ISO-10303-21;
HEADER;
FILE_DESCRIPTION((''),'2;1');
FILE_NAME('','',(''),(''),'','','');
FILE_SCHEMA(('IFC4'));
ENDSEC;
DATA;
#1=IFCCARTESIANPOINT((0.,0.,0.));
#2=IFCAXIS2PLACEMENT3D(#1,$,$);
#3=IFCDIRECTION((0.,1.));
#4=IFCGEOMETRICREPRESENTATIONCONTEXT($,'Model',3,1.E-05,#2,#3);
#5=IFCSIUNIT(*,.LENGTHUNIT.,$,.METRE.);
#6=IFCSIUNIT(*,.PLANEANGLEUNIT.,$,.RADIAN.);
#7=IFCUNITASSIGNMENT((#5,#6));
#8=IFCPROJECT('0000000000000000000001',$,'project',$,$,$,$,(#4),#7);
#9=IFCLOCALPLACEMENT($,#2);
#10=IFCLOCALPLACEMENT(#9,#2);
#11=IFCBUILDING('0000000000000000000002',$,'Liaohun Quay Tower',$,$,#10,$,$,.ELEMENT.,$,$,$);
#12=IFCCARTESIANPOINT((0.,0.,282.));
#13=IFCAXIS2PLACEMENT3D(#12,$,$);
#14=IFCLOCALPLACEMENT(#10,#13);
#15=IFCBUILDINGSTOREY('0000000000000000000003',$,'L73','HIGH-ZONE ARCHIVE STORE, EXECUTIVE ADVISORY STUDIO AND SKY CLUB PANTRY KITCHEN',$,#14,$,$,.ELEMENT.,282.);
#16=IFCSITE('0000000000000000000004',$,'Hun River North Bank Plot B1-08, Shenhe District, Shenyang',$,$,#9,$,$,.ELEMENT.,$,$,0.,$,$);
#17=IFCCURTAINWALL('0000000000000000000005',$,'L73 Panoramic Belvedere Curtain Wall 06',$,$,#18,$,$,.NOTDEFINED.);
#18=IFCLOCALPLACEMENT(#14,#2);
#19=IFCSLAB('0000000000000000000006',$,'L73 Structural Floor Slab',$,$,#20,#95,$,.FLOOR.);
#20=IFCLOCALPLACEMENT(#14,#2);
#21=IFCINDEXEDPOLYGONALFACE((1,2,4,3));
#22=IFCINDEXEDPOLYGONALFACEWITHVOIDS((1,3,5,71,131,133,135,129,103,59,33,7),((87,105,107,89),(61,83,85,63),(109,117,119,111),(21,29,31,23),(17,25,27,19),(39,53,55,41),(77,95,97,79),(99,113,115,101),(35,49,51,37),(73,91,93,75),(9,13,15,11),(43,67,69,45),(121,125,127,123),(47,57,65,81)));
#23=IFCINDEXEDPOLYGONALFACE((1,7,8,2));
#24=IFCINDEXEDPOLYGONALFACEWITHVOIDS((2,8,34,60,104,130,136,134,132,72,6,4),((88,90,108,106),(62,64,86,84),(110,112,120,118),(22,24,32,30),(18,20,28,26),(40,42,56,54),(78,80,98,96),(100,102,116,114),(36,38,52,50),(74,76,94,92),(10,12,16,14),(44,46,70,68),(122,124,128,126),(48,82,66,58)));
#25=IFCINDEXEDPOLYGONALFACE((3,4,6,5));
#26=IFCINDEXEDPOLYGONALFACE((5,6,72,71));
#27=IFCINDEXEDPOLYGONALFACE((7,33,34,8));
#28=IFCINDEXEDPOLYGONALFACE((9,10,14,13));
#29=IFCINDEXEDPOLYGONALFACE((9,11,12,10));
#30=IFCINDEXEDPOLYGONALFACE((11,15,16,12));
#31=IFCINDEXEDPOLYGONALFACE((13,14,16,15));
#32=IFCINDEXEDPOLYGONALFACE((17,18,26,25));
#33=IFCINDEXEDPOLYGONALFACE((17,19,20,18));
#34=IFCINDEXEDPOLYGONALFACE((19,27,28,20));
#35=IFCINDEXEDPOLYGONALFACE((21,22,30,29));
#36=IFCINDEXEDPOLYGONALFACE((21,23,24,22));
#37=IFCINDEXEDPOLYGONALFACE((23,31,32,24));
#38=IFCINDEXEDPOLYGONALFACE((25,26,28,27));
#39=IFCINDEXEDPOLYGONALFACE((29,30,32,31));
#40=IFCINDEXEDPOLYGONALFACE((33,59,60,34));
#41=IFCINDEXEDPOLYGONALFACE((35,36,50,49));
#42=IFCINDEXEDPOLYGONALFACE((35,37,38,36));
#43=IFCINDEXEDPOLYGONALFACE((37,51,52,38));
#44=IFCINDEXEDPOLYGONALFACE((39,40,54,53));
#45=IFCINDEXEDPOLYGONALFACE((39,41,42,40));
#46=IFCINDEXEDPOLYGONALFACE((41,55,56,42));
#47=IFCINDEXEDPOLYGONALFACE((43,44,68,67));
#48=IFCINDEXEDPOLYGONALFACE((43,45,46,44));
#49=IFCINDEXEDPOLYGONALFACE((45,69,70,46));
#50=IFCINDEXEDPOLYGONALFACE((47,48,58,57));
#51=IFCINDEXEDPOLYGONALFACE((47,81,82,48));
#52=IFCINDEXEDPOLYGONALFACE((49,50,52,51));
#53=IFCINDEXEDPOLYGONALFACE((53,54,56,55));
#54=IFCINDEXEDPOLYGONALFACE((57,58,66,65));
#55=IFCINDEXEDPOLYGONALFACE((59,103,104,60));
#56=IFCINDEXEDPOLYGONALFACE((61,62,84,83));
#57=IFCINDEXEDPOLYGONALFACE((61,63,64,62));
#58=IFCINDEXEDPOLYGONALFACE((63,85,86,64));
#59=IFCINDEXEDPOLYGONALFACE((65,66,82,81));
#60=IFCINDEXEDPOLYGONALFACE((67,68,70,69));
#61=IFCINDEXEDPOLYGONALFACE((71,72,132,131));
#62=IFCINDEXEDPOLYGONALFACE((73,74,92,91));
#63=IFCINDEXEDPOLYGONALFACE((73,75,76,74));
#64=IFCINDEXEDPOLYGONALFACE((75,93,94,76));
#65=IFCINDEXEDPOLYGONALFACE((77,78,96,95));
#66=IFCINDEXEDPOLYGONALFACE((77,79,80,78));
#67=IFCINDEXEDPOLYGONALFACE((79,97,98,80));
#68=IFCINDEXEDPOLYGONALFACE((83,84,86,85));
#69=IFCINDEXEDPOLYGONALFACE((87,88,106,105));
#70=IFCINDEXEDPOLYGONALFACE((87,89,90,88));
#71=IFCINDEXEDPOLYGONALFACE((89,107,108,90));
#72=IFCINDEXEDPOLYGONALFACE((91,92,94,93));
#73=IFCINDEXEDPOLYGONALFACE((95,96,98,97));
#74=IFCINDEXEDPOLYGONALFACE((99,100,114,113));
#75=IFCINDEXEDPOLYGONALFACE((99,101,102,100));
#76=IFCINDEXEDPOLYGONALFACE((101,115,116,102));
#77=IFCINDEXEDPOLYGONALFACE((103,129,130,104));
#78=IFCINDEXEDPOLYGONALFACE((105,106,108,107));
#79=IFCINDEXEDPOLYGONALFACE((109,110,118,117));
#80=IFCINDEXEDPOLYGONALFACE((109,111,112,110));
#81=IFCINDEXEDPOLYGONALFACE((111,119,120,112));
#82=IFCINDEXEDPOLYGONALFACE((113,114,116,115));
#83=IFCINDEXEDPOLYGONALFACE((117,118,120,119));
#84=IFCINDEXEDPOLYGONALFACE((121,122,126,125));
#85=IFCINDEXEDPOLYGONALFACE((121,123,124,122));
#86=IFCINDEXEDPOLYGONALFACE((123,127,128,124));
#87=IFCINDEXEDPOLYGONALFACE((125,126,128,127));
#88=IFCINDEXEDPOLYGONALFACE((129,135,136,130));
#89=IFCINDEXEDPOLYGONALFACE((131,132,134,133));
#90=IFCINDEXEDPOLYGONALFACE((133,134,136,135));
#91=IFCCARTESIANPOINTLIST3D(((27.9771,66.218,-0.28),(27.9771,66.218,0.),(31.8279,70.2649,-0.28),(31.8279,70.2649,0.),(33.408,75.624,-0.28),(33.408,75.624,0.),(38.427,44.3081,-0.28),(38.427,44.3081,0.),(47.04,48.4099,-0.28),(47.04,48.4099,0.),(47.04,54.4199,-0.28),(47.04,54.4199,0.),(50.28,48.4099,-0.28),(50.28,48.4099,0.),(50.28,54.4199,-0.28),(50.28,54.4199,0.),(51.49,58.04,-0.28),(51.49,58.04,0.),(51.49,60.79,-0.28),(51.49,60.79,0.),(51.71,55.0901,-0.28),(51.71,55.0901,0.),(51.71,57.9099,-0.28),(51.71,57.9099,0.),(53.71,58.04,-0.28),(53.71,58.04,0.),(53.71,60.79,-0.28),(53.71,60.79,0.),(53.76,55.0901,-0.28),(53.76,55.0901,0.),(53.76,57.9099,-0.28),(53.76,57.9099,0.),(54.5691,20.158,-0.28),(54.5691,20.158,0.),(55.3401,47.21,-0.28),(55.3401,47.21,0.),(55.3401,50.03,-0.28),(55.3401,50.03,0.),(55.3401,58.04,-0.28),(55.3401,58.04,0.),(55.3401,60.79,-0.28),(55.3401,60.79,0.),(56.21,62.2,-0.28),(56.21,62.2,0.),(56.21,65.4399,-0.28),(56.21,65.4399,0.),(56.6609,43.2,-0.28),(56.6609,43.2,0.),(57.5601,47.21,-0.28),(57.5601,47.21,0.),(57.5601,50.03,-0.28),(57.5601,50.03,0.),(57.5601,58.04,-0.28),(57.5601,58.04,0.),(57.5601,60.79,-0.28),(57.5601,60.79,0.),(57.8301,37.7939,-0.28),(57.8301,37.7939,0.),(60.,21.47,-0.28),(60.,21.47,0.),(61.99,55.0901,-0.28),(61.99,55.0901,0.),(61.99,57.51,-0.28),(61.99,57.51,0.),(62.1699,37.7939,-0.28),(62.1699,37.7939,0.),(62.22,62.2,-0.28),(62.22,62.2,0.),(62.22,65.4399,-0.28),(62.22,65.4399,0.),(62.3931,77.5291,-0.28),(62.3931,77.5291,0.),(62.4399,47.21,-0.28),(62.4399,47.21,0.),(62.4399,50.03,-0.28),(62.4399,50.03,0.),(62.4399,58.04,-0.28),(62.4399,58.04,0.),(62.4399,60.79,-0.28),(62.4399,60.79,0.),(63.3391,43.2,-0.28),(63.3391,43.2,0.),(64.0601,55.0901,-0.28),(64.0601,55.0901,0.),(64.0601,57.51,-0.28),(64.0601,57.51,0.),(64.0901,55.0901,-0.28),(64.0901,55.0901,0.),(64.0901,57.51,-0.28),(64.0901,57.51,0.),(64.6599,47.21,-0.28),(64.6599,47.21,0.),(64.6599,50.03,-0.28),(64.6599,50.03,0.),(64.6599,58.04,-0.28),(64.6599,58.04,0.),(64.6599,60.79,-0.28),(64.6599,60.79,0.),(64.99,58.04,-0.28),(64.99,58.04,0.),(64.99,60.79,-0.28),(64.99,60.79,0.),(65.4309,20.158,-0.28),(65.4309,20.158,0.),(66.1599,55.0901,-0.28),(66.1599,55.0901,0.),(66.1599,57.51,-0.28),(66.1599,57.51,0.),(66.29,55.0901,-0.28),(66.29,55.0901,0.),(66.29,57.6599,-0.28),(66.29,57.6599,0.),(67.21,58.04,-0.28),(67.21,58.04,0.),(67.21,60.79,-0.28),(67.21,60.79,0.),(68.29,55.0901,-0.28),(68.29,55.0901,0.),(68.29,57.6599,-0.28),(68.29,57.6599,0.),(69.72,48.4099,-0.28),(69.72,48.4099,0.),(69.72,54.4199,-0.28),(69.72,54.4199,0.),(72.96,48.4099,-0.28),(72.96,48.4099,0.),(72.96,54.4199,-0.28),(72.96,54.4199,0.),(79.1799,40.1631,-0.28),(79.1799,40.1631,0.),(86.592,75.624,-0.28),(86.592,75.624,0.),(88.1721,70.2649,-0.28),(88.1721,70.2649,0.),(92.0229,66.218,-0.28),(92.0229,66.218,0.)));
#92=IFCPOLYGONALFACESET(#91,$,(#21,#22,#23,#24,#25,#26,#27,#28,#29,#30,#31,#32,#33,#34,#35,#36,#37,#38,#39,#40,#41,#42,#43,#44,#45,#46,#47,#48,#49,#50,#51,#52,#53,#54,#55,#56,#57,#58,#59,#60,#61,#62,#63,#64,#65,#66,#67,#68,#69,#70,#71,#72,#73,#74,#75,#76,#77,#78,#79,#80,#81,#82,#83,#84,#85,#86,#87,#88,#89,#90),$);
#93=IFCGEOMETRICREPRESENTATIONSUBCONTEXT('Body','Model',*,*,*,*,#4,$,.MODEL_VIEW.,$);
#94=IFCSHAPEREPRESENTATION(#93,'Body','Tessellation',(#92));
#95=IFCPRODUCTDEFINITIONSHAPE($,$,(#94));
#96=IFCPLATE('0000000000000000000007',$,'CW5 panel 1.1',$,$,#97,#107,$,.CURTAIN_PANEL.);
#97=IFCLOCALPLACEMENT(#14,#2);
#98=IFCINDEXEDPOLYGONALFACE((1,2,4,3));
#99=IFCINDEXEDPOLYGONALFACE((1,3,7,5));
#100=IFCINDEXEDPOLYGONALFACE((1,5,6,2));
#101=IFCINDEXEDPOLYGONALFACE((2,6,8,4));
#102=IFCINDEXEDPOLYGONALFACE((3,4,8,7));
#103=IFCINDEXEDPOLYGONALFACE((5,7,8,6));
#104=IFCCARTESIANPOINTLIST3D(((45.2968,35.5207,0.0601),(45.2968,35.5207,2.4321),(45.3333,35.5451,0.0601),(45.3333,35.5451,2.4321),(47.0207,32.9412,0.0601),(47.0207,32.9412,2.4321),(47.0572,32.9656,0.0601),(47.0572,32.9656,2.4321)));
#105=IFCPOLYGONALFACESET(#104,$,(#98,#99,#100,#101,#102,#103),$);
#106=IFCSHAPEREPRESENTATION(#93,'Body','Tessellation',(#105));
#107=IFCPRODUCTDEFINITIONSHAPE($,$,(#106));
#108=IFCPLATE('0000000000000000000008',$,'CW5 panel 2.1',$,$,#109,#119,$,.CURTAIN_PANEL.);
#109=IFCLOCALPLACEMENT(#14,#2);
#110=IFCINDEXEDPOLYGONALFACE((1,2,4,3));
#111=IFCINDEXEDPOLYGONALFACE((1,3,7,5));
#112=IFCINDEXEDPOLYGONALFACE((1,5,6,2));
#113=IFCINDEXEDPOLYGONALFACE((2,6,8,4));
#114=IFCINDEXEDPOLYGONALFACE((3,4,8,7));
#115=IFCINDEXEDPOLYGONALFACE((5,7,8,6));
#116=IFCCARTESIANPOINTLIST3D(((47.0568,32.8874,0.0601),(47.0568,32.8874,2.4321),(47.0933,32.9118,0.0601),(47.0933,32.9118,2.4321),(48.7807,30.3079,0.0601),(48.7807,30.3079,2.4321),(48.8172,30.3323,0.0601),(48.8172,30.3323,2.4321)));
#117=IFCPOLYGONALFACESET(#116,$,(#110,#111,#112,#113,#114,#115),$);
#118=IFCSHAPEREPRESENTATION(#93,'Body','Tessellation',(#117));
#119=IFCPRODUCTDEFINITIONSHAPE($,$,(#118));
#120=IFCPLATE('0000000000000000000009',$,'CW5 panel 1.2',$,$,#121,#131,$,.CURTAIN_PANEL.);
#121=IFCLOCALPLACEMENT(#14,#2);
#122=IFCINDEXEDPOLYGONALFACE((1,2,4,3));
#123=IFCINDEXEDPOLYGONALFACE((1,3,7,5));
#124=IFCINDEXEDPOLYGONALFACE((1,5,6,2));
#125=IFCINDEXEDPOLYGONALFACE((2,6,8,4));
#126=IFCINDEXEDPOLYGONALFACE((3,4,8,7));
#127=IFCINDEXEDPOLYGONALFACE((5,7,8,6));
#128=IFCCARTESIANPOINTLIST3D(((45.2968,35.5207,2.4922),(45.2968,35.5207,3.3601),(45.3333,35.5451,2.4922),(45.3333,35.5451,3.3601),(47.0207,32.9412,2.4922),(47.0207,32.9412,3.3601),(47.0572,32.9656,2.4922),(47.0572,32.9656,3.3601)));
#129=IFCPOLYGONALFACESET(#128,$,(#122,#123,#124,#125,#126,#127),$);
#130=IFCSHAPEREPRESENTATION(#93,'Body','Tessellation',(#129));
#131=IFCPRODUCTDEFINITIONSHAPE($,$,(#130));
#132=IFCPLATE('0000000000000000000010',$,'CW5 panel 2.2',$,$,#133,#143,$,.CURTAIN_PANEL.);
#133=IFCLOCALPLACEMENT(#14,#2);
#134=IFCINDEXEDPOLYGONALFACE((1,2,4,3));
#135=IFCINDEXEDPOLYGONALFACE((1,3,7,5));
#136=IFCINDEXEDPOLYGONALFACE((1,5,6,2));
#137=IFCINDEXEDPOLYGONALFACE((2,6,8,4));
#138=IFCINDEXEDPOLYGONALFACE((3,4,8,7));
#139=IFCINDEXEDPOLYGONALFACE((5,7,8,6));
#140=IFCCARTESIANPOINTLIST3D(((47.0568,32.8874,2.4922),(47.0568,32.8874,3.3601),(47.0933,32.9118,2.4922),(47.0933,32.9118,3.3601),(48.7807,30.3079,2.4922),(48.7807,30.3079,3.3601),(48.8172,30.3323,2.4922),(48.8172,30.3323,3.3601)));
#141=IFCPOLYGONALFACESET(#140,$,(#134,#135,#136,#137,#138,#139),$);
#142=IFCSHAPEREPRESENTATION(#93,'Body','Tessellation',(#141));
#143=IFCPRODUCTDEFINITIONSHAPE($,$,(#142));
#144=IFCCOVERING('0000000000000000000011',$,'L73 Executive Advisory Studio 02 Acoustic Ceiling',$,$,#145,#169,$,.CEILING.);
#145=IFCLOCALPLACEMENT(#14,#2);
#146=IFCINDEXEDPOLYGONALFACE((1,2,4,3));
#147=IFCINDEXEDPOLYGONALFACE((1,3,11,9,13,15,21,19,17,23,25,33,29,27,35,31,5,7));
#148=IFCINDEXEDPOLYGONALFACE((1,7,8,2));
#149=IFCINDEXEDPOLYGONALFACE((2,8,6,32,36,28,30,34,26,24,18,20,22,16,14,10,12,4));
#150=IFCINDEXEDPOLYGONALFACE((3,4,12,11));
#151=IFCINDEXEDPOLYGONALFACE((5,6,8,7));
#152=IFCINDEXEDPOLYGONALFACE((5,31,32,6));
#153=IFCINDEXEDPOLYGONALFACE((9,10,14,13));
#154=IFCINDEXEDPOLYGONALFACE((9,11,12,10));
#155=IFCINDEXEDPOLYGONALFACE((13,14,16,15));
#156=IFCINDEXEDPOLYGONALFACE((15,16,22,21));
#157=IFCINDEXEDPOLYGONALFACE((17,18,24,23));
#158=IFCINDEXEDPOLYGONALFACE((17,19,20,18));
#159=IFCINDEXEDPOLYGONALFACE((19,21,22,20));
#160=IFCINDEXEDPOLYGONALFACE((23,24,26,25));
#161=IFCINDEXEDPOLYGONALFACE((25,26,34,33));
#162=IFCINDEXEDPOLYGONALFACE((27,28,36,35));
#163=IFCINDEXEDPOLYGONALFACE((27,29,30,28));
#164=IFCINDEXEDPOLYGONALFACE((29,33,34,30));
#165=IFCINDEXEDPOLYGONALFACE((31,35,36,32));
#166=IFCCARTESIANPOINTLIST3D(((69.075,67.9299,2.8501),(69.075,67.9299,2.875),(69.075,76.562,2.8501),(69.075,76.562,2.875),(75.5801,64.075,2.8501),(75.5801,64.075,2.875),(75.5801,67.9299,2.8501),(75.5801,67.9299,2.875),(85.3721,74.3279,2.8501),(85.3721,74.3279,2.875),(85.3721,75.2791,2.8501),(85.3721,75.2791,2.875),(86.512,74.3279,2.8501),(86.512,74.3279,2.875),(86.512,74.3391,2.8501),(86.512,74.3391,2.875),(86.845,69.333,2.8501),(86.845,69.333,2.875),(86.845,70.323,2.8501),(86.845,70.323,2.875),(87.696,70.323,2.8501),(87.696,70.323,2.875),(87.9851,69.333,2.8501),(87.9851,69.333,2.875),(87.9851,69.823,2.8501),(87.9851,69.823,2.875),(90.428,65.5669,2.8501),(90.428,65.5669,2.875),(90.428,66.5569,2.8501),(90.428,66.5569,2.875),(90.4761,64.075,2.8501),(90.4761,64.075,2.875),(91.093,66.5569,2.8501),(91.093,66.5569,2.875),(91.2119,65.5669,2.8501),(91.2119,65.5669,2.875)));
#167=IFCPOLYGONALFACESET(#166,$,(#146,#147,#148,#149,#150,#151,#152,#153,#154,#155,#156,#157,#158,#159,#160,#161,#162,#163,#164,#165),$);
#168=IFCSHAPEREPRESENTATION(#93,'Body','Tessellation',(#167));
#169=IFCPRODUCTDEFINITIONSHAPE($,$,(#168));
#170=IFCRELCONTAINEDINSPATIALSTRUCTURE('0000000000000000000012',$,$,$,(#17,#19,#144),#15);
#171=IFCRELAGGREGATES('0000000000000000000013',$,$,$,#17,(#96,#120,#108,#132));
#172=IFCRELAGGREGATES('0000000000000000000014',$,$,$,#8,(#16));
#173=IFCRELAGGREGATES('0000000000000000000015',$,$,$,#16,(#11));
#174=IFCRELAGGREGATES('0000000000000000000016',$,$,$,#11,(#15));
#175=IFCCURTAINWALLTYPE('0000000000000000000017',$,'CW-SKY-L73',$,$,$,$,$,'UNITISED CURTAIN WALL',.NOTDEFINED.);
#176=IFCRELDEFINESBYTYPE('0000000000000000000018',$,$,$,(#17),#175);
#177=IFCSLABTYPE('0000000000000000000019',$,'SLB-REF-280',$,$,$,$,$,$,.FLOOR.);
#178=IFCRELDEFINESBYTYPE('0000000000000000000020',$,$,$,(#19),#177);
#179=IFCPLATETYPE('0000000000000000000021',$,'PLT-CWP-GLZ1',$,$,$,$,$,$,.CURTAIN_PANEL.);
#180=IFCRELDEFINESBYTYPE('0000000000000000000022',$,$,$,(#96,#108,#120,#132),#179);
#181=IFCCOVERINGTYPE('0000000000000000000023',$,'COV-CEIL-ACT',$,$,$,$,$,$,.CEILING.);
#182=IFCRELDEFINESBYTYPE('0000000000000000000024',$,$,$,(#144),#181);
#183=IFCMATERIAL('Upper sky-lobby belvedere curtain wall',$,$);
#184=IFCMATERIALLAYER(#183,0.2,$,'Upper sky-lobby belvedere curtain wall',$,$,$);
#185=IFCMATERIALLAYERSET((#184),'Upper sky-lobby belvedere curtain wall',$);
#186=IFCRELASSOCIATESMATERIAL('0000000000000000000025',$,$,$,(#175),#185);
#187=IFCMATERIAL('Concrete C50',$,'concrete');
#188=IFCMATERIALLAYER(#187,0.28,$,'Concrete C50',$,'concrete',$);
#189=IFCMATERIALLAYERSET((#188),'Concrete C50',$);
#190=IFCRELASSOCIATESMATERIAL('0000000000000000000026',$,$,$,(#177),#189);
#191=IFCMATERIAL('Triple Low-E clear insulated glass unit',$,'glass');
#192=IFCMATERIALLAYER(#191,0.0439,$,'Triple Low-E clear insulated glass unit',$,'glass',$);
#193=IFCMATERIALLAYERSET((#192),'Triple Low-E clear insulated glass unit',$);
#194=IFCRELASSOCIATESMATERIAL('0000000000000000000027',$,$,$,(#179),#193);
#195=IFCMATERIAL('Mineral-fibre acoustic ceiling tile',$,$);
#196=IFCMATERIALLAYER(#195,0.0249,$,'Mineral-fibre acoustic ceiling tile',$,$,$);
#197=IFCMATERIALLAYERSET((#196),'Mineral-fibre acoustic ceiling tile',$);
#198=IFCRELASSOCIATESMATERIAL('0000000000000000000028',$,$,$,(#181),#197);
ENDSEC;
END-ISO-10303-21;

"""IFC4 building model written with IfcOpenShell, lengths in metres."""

from ifc_helpers import new_model, si_unit, direction, frame, origin, origin_2d, place, context, subcontext, project, spatial, polyline, rectangle, outline, extrude, source, transform, mapped, material, layer, layer_set, type_object, element, aggregate, save


model = new_model("IFC4")

# Units and contexts
model_context = context("Model", 3, precision=1e-05, world=origin(), true_north=direction((0.0, 1.0)))
body_context = subcontext(model_context, "Body", "Model", "MODEL_VIEW")
ifc_project = project(units=[si_unit("LENGTHUNIT", "METRE"), si_unit("PLANEANGLEUNIT", "RADIAN")], contexts=[model_context])

# Site, building, storey
site_placement = place(None, origin())
site = spatial("IfcSite", under=ifc_project, at=site_placement, Name="Hun River North Bank Plot B1-08, Shenhe District, Shenyang", CompositionType="ELEMENT", RefElevation=0.0)
building_placement = place(site_placement, origin())
building = spatial("IfcBuilding", under=site, at=building_placement, Name="Liaohun Quay Tower", CompositionType="ELEMENT")
storey_placement = place(building_placement, frame((0.0, 0.0, 282.0)))
storey = spatial("IfcBuildingStorey", under=building, at=storey_placement, Name="L73", Description="HIGH-ZONE ARCHIVE STORE, EXECUTIVE ADVISORY STUDIO AND SKY CLUB PANTRY KITCHEN", CompositionType="ELEMENT", Elevation=282.0)

# Curtain wall
ifc_material_1 = material(Name="Upper sky-lobby belvedere curtain wall")
ifc_layer_1 = layer(ifc_material_1, 0.2, Name="Upper sky-lobby belvedere curtain wall")
ifc_layer_set_1 = layer_set([ifc_layer_1], Name="Upper sky-lobby belvedere curtain wall")
curtain_wall_type = type_object("IfcCurtainWallType", Name="CW-SKY-L73", ElementType="UNITISED CURTAIN WALL", PredefinedType="NOTDEFINED", material=ifc_layer_set_1)
curtain_wall_placement = place(storey_placement, origin())
curtain_wall = element("IfcCurtainWall", 1, at=curtain_wall_placement, inside=storey, type_object=curtain_wall_type, Name="L73 Panoramic Belvedere Curtain Wall 06", PredefinedType="NOTDEFINED")

# Slab
ifc_material_2 = material(Name="Concrete C50", Category="concrete")
ifc_layer_2 = layer(ifc_material_2, 0.28, Name="Concrete C50", Category="concrete")
ifc_layer_set_2 = layer_set([ifc_layer_2], Name="Concrete C50")
slab_type_1 = type_object("IfcSlabType", Name="SLB-REF-280", PredefinedType="FLOOR", material=ifc_layer_set_2)
slab_1_placement = place(storey_placement, frame((0.0, 0.0, -0.28)))
element("IfcSlab", 2, at=slab_1_placement, inside=storey, type_object=slab_type_1, Name="L73 Structural Floor Slab", PredefinedType="FLOOR", context=body_context, shape_type="SweptSolid", body=[
    extrude(outline(polyline([(54.5691, 20.158), (60.0, 21.47), (65.4309, 20.158), (79.1799, 40.1631), (92.0229, 66.218), (88.1721, 70.2649), (86.592, 75.624), (62.3931, 77.5291), (33.408, 75.624), (31.8279, 70.2649), (27.9771, 66.218), (38.427, 44.3081), (54.5691, 20.158)]), holes=[polyline([(63.3391, 43.2), (56.6609, 43.2), (57.8301, 37.7939), (62.1699, 37.7939), (63.3391, 43.2)]), polyline([(57.5601, 47.21), (57.5601, 50.03), (55.3401, 50.03), (55.3401, 47.21), (57.5601, 47.21)]), polyline([(50.28, 54.4199), (47.04, 54.4199), (47.04, 48.4099), (50.28, 48.4099), (50.28, 54.4199)]), polyline([(53.76, 55.0901), (53.76, 57.9099), (51.71, 57.9099), (51.71, 55.0901), (53.76, 55.0901)]), polyline([(53.71, 58.04), (53.71, 60.79), (51.49, 60.79), (51.49, 58.04), (53.71, 58.04)]), polyline([(57.5601, 58.04), (57.5601, 60.79), (55.3401, 60.79), (55.3401, 58.04), (57.5601, 58.04)]), polyline([(62.22, 62.2), (62.22, 65.4399), (56.21, 65.4399), (56.21, 62.2), (62.22, 62.2)]), polyline([(64.6599, 50.03), (62.4399, 50.03), (62.4399, 47.21), (64.6599, 47.21), (64.6599, 50.03)]), polyline([(72.96, 54.4199), (69.72, 54.4199), (69.72, 48.4099), (72.96, 48.4099), (72.96, 54.4199)]), polyline([(64.0601, 55.0901), (64.0601, 57.51), (61.99, 57.51), (61.99, 55.0901), (64.0601, 55.0901)]), polyline([(66.1599, 55.0901), (66.1599, 57.51), (64.0901, 57.51), (64.0901, 55.0901), (66.1599, 55.0901)]), polyline([(68.29, 55.0901), (68.29, 57.6599), (66.29, 57.6599), (66.29, 55.0901), (68.29, 55.0901)]), polyline([(64.6599, 58.04), (64.6599, 60.79), (62.4399, 60.79), (62.4399, 58.04), (64.6599, 58.04)]), polyline([(67.21, 58.04), (67.21, 60.79), (64.99, 60.79), (64.99, 58.04), (67.21, 58.04)])]), origin(), (0.0, 0.0, 1.0), 0.28),
])

# Plates
ifc_material_3 = material(Name="Triple Low-E clear insulated glass unit", Category="glass")
ifc_layer_3 = layer(ifc_material_3, 0.0439, Name="Triple Low-E clear insulated glass unit", Category="glass")
ifc_layer_set_3 = layer_set([ifc_layer_3], Name="Triple Low-E clear insulated glass unit")
plate_type = type_object("IfcPlateType", Name="PLT-CWP-GLZ1", PredefinedType="CURTAIN_PANEL", material=ifc_layer_set_3)
shared_shape_1 = source(origin(), body_context, "Body", "SweptSolid", [
    extrude(rectangle(XDim=3.1025, YDim=0.0439, at=origin_2d()), origin(), (0.0, 0.0, 1.0), 2.3721),
])
plate_1_placement = place(storey_placement, frame((46.177, 34.2432, 0.0601), z_axis=(0.0, 0.0, 1.0), x_axis=(0.555637, -0.831425, 0.0)))
plate_1 = element("IfcPlate", 3, at=plate_1_placement, type_object=plate_type, Name="CW5 panel 1.1", PredefinedType="CURTAIN_PANEL", context=body_context, shape_type="MappedRepresentation", body=[
    mapped(shared_shape_1, transform((0.0, 0.0, 0.0), x_axis=(1.0, 0.0, 0.0), y_axis=(0.0, 1.0, 0.0), z_axis=(0.0, 0.0, 1.0), scale=1.0)),
])
plate_2_placement = place(storey_placement, frame((47.937, 31.6099, 0.0601), z_axis=(0.0, 0.0, 1.0), x_axis=(0.555637, -0.831425, 0.0)))
plate_2 = element("IfcPlate", 4, at=plate_2_placement, type_object=plate_type, Name="CW5 panel 2.1", PredefinedType="CURTAIN_PANEL", context=body_context, shape_type="MappedRepresentation", body=[
    mapped(shared_shape_1, transform((0.0, 0.0, 0.0), x_axis=(1.0, 0.0, 0.0), y_axis=(0.0, 1.0, 0.0), z_axis=(0.0, 0.0, 1.0), scale=1.0)),
])
shared_shape_2 = source(origin(), body_context, "Body", "SweptSolid", [
    extrude(rectangle(XDim=3.1025, YDim=0.0439, at=origin_2d()), origin(), (0.0, 0.0, 1.0), 0.8679),
])
plate_3_placement = place(storey_placement, frame((46.177, 34.2432, 2.4922), z_axis=(0.0, 0.0, 1.0), x_axis=(0.555637, -0.831425, 0.0)))
plate_3 = element("IfcPlate", 5, at=plate_3_placement, type_object=plate_type, Name="CW5 panel 1.2", PredefinedType="CURTAIN_PANEL", context=body_context, shape_type="MappedRepresentation", body=[
    mapped(shared_shape_2, transform((0.0, 0.0, 0.0), x_axis=(1.0, 0.0, 0.0), y_axis=(0.0, 1.0, 0.0), z_axis=(0.0, 0.0, 1.0), scale=1.0)),
])
plate_4_placement = place(storey_placement, frame((47.937, 31.6099, 2.4922), z_axis=(0.0, 0.0, 1.0), x_axis=(0.555637, -0.831425, 0.0)))
plate_4 = element("IfcPlate", 6, at=plate_4_placement, type_object=plate_type, Name="CW5 panel 2.2", PredefinedType="CURTAIN_PANEL", context=body_context, shape_type="MappedRepresentation", body=[
    mapped(shared_shape_2, transform((0.0, 0.0, 0.0), x_axis=(1.0, 0.0, 0.0), y_axis=(0.0, 1.0, 0.0), z_axis=(0.0, 0.0, 1.0), scale=1.0)),
])
aggregate(curtain_wall, [plate_1, plate_3, plate_2, plate_4])

# Covering
ifc_material_4 = material(Name="Mineral-fibre acoustic ceiling tile")
ifc_layer_4 = layer(ifc_material_4, 0.0249, Name="Mineral-fibre acoustic ceiling tile")
ifc_layer_set_4 = layer_set([ifc_layer_4], Name="Mineral-fibre acoustic ceiling tile")
covering_type_1 = type_object("IfcCoveringType", Name="COV-CEIL-ACT", PredefinedType="CEILING", material=ifc_layer_set_4)
covering_1_placement = place(storey_placement, frame((0.0, 0.0, 2.8501)))
element("IfcCovering", 7, at=covering_1_placement, inside=storey, type_object=covering_type_1, Name="L73 Executive Advisory Studio 02 Acoustic Ceiling", PredefinedType="CEILING", context=body_context, shape_type="SweptSolid", body=[
    extrude(outline(polyline([(86.512, 74.3391), (86.512, 74.3279), (85.3721, 74.3279), (85.3721, 75.2791), (69.075, 76.562), (69.075, 67.9299), (75.5801, 67.9299), (75.5801, 64.075), (90.4761, 64.075), (91.2119, 65.5669), (90.428, 65.5669), (90.428, 66.5569), (91.093, 66.5569), (87.9851, 69.823), (87.9851, 69.333), (86.845, 69.333), (86.845, 70.323), (87.696, 70.323), (86.512, 74.3391)])), origin(), (0.0, 0.0, 1.0), 0.0249),
])

save(model, "model.ifc")
